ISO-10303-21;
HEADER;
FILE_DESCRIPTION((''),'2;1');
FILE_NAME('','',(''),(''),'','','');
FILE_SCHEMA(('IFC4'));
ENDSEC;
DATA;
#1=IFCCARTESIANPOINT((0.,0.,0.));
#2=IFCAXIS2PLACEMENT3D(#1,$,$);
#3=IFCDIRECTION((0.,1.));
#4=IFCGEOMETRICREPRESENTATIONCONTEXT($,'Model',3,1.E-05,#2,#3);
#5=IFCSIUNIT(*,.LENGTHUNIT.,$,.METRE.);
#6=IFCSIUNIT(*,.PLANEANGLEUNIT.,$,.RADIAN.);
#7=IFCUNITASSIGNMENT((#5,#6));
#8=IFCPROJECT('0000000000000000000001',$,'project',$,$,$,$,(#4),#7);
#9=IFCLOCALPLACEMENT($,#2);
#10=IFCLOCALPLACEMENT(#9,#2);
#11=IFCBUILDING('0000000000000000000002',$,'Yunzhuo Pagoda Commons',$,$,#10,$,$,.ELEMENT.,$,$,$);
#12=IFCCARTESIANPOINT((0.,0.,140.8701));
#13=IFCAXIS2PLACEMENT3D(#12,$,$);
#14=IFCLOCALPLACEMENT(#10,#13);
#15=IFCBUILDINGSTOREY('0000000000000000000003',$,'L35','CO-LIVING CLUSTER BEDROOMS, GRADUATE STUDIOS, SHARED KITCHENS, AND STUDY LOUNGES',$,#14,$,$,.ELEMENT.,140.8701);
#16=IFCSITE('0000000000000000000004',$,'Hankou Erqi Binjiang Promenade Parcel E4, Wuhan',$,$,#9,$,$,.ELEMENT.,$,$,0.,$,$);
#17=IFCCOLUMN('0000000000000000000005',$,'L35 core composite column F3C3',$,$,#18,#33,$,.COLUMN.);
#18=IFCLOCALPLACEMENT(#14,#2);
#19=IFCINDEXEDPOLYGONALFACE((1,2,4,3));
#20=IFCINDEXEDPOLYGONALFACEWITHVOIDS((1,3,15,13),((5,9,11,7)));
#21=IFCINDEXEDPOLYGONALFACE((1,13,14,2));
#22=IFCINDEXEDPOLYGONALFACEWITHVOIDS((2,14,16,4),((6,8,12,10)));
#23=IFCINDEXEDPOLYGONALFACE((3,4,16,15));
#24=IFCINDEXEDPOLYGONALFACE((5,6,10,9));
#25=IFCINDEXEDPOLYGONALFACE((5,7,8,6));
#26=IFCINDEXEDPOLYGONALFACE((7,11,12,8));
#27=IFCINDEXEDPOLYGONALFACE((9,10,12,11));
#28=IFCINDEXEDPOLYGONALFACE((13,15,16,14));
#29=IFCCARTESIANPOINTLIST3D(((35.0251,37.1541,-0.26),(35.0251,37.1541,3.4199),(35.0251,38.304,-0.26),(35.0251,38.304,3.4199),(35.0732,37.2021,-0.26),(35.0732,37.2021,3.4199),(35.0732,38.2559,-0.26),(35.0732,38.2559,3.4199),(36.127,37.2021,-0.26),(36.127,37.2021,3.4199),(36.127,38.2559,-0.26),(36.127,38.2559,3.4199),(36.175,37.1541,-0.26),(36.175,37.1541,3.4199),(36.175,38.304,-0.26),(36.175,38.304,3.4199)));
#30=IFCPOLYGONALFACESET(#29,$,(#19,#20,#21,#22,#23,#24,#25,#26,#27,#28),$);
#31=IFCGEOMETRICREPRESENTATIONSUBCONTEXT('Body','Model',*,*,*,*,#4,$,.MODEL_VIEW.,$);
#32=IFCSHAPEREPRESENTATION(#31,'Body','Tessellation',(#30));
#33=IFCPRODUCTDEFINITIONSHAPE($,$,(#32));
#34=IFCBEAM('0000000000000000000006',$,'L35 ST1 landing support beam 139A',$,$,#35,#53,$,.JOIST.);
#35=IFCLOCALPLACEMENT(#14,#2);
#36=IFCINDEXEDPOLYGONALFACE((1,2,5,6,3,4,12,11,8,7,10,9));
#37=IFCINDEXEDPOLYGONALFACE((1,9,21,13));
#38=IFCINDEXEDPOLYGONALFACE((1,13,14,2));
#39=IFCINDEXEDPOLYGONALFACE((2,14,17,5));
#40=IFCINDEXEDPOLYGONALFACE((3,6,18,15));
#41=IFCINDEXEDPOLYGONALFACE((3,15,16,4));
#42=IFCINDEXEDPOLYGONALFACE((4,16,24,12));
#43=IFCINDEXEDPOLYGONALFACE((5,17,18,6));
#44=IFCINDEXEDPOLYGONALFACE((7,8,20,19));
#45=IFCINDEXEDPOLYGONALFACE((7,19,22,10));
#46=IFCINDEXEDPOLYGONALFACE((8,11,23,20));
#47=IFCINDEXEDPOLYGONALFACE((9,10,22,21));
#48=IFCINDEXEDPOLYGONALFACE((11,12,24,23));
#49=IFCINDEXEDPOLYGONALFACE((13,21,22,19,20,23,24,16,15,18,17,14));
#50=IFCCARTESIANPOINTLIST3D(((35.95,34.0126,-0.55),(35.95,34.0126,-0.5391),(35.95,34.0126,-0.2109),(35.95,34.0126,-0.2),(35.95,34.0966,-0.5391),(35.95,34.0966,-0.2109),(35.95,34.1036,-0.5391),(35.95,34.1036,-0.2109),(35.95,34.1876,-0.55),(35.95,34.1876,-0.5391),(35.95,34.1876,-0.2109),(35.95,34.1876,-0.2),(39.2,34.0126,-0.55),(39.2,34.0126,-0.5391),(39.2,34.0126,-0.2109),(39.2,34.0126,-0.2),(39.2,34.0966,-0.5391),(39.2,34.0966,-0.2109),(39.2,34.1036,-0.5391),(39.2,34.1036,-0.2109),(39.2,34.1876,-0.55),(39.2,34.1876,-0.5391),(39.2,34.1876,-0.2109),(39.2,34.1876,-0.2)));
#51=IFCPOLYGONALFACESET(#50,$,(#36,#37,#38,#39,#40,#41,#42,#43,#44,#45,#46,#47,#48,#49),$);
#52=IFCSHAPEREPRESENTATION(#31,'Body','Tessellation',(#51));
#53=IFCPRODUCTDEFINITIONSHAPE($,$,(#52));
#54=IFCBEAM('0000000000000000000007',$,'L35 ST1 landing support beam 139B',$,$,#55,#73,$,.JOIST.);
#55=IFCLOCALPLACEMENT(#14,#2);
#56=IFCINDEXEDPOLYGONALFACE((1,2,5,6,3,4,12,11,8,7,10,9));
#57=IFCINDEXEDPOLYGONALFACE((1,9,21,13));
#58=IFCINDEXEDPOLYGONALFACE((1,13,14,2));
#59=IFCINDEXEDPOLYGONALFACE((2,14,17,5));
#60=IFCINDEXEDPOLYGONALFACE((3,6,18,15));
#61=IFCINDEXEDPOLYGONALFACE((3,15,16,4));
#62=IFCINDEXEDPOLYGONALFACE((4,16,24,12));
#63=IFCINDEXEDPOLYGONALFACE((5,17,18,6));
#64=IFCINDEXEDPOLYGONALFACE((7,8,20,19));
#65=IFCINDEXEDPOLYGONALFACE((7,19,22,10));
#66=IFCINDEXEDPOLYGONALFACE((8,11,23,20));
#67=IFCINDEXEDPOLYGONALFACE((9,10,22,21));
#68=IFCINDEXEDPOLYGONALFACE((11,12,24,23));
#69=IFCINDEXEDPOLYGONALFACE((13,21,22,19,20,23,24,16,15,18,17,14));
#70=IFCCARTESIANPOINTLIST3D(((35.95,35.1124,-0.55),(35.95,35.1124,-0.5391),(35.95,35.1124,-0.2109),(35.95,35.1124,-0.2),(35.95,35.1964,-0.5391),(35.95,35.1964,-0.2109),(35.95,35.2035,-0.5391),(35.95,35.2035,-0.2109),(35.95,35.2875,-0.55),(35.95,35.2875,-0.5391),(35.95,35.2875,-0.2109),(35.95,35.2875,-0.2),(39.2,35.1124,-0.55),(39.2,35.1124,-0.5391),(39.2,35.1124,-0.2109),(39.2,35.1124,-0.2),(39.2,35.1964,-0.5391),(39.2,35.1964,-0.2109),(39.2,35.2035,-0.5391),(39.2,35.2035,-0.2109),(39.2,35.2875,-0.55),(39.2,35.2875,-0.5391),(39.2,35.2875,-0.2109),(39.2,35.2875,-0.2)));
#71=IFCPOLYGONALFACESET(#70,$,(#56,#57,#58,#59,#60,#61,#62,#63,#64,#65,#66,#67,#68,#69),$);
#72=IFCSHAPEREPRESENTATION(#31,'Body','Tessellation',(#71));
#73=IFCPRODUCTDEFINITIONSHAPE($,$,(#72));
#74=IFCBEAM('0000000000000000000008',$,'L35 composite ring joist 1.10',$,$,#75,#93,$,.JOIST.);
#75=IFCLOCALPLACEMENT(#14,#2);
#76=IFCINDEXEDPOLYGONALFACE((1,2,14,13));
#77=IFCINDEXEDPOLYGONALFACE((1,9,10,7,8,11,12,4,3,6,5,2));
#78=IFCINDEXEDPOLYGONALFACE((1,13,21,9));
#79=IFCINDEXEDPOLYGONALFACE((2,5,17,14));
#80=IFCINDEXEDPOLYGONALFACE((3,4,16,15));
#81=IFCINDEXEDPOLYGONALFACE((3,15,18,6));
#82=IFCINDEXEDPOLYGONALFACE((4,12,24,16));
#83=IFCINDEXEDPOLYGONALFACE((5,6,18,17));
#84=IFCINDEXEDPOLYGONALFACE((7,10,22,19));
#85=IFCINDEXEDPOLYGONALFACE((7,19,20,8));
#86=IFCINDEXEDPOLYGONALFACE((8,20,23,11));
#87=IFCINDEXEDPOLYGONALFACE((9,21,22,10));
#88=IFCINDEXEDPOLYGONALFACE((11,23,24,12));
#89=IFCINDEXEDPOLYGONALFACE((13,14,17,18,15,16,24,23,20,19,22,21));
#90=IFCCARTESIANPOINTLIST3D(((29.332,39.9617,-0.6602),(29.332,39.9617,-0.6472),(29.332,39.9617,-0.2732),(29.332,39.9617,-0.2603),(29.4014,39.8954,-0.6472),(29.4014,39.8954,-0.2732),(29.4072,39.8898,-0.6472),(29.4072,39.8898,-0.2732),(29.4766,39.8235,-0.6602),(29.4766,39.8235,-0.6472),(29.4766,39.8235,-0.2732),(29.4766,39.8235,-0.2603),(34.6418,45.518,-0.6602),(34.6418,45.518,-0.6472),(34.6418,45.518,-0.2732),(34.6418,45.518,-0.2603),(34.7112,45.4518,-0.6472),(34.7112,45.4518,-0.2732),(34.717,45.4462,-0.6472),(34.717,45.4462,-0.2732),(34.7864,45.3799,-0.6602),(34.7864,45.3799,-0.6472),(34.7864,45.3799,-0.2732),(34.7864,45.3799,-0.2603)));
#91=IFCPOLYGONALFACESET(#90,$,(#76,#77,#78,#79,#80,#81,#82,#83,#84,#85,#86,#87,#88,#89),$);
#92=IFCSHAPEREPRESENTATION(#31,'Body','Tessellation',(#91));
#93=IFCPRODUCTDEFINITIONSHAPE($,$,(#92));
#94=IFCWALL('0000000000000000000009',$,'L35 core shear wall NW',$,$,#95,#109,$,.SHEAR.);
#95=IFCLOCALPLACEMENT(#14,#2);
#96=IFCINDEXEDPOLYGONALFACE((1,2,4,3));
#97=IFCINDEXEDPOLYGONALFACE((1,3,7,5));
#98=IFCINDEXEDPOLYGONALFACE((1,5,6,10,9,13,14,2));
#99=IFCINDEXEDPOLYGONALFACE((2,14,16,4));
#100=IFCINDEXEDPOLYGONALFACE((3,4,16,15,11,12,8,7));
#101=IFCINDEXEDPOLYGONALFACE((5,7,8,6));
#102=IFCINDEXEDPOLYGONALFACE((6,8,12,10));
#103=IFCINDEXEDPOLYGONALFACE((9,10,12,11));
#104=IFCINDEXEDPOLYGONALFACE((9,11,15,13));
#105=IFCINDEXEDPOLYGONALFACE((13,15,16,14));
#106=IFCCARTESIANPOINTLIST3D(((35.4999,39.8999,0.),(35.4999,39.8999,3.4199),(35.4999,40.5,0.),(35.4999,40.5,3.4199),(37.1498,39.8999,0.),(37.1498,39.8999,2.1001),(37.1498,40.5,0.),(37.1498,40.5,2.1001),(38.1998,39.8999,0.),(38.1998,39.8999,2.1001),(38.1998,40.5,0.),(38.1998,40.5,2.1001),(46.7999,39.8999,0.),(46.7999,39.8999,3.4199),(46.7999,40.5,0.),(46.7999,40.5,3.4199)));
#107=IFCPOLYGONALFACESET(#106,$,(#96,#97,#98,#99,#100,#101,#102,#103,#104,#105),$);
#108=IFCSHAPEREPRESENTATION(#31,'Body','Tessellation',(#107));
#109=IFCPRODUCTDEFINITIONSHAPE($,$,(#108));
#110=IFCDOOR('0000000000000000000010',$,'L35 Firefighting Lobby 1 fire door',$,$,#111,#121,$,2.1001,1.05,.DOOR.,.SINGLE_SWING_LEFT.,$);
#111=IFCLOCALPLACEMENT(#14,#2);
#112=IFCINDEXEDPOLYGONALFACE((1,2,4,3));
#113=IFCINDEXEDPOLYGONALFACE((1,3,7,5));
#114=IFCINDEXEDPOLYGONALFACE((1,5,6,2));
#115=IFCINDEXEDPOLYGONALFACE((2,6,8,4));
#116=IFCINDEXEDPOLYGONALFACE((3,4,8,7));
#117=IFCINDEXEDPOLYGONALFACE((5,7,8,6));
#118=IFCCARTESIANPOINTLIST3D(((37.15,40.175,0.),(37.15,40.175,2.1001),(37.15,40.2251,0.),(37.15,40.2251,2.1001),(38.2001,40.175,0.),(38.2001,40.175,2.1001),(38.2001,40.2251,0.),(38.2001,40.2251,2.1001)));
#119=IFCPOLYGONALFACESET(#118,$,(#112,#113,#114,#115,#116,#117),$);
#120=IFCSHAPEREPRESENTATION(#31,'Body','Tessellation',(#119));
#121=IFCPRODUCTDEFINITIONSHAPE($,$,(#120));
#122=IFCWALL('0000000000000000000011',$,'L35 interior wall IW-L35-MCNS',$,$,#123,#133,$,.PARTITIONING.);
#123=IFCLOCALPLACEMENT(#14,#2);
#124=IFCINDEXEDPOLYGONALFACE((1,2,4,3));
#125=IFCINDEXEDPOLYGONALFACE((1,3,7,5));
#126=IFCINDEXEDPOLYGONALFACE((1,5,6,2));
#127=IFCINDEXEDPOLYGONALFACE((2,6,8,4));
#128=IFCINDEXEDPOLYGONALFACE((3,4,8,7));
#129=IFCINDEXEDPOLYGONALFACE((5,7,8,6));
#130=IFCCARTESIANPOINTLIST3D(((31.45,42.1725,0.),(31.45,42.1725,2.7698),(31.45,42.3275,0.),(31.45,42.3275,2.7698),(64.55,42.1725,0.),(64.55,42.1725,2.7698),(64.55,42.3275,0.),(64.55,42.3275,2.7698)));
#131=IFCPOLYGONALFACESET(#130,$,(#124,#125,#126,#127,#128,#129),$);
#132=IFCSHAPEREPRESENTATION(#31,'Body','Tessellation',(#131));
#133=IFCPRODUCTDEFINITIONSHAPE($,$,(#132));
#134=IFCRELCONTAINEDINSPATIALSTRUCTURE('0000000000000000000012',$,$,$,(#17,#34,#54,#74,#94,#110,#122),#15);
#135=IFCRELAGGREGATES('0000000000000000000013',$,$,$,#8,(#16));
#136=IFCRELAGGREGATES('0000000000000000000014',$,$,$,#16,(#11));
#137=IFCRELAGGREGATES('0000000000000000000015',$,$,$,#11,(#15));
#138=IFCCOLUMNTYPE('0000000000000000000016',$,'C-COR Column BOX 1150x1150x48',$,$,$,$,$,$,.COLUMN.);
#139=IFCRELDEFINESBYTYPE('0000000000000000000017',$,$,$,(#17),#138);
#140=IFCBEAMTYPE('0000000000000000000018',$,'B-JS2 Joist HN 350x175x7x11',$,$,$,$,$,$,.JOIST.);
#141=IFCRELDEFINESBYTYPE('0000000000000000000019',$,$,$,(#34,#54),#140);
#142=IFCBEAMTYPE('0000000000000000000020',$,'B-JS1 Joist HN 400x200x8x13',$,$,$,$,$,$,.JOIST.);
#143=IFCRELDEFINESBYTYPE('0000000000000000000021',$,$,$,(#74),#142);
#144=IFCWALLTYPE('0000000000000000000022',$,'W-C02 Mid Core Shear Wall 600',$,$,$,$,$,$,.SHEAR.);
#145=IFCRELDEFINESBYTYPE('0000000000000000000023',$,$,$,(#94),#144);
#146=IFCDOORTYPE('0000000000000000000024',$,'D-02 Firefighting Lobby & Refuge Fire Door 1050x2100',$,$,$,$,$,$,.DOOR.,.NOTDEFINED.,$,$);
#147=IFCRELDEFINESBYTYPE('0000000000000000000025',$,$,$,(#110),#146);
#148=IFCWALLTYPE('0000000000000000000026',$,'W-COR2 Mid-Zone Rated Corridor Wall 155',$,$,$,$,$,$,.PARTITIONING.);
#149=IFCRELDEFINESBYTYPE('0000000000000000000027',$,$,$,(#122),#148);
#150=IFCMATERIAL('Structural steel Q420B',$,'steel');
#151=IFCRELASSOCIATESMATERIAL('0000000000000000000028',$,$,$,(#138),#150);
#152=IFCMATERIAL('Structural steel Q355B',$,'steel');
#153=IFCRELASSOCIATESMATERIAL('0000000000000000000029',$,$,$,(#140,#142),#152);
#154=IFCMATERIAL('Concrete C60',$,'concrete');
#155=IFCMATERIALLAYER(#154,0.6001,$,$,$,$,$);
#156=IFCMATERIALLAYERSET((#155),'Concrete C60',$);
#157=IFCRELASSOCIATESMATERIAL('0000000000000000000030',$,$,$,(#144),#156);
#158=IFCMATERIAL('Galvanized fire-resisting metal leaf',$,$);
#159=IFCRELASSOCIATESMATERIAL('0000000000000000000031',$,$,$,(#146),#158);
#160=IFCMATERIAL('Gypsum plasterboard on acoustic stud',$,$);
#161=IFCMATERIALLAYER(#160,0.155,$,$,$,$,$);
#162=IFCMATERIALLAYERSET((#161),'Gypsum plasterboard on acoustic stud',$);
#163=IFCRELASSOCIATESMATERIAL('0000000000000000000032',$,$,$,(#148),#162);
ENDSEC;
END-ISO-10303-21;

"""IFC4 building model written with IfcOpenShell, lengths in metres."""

from ifc_helpers import new_model, si_unit, direction, frame, frame_2d, origin, origin_2d, place, context, subcontext, project, spatial, rectangle, hollow_rectangle, i_section, extrude, source, transform, mapped, material, layer, layer_set, material_profile, profile_set, type_object, element, fill, save


model = new_model("IFC4")

# Units and contexts
model_context = context("Model", 3, precision=1e-05, world=origin(), true_north=direction((0.0, 1.0)))
body_context = subcontext(model_context, "Body", "Model", "MODEL_VIEW")
ifc_project = project(units=[si_unit("LENGTHUNIT", "METRE"), si_unit("PLANEANGLEUNIT", "RADIAN")], contexts=[model_context])

# Site, building, storey
site_placement = place(None, origin())
site = spatial("IfcSite", under=ifc_project, at=site_placement, Name="Hankou Erqi Binjiang Promenade Parcel E4, Wuhan", CompositionType="ELEMENT", RefElevation=0.0)
building_placement = place(site_placement, origin())
building = spatial("IfcBuilding", under=site, at=building_placement, Name="Yunzhuo Pagoda Commons", CompositionType="ELEMENT")
storey_placement = place(building_placement, frame((0.0, 0.0, 140.8701)))
storey = spatial("IfcBuildingStorey", under=building, at=storey_placement, Name="L35", Description="CO-LIVING CLUSTER BEDROOMS, GRADUATE STUDIOS, SHARED KITCHENS, AND STUDY LOUNGES", CompositionType="ELEMENT", Elevation=140.8701)

# Column
ifc_material_1 = material(Name="Structural steel Q420B", Category="steel")
ifc_material_profile_1 = material_profile(ifc_material_1, hollow_rectangle(XDim=1.1499, YDim=1.1499, WallThickness=0.0481, at=origin_2d()), Name="Structural steel Q420B")
ifc_profile_set_1 = profile_set([ifc_material_profile_1], Name="Structural steel Q420B")
column_type = type_object("IfcColumnType", Name="C-COR Column BOX 1150x1150x48", PredefinedType="COLUMN", material=ifc_profile_set_1)
shared_shape_1 = source(origin(), body_context, "Body", "SweptSolid", [
    extrude(hollow_rectangle(XDim=1.1499, YDim=1.1499, WallThickness=0.0481, at=origin_2d()), origin(), (0.0, 0.0, 1.0), 3.6799),
])
column_placement = place(storey_placement, frame((35.6001, 37.729, -0.26), z_axis=(0.0, 0.0, 1.0), x_axis=(1.0, 0.0, 0.0)))
element("IfcColumn", 1, at=column_placement, inside=storey, type_object=column_type, Name="L35 core composite column F3C3", PredefinedType="COLUMN", context=body_context, shape_type="MappedRepresentation", body=[
    mapped(shared_shape_1, transform((0.0, 0.0, 0.0), scale=1.0)),
])

# Beams
ifc_material_2 = material(Name="Structural steel Q355B", Category="steel")
ifc_material_profile_2 = material_profile(ifc_material_2, i_section(OverallWidth=0.175, OverallDepth=0.3501, WebThickness=0.0071, FlangeThickness=0.011, at=origin_2d()), Name="Structural steel Q355B")
ifc_profile_set_2 = profile_set([ifc_material_profile_2], Name="Structural steel Q355B")
beam_type_1 = type_object("IfcBeamType", Name="B-JS2 Joist HN 350x175x7x11", PredefinedType="JOIST", material=ifc_profile_set_2)
shared_shape_2 = source(origin(), body_context, "Body", "SweptSolid", [
    extrude(i_section(OverallWidth=0.175, OverallDepth=0.3501, WebThickness=0.0071, FlangeThickness=0.011, at=origin_2d()), origin(), (0.0, 0.0, 1.0), 3.25),
])
for number, where, z_axis, x_axis, name in (
    (2, (35.95, 34.1001, -0.375), (1.0, 0.0, 0.0), (0.0, 1.0, 0.0), "L35 ST1 landing support beam 139A"),
    (3, (35.95, 35.2, -0.375), (1.0, 0.0, 0.0), (0.0, 1.0, 0.0), "L35 ST1 landing support beam 139B"),
):
    element("IfcBeam", number, at=place(storey_placement, frame(where, z_axis=z_axis, x_axis=x_axis)), inside=storey, type_object=beam_type_1, Name=name, PredefinedType="JOIST", context=body_context, shape_type="MappedRepresentation", body=[
        mapped(shared_shape_2, transform((0.0, 0.0, 0.0), scale=1.0)),
    ])
ifc_material_profile_3 = material_profile(ifc_material_2, i_section(OverallWidth=0.2, OverallDepth=0.3999, WebThickness=0.0081, FlangeThickness=0.0129, at=origin_2d()), Name="Structural steel Q355B")
ifc_profile_set_3 = profile_set([ifc_material_profile_3], Name="Structural steel Q355B")
beam_type_2 = type_object("IfcBeamType", Name="B-JS1 Joist HN 400x200x8x13", PredefinedType="JOIST", material=ifc_profile_set_3)
shared_shape_3 = source(origin(), body_context, "Body", "SweptSolid", [
    extrude(i_section(OverallWidth=0.2, OverallDepth=0.3999, WebThickness=0.0081, FlangeThickness=0.0129, at=origin_2d()), origin(), (0.0, 0.0, 1.0), 7.6855),
])
beam_placement = place(storey_placement, frame((34.7141, 45.449, -0.4602), z_axis=(-0.690883, -0.722967, 0.0), x_axis=(0.722967, -0.690883, 0.0)))
element("IfcBeam", 4, at=beam_placement, inside=storey, type_object=beam_type_2, Name="L35 composite ring joist 1.10", PredefinedType="JOIST", context=body_context, shape_type="MappedRepresentation", body=[
    mapped(shared_shape_3, transform((0.0, 0.0, 0.0), scale=1.0)),
])

# Wall, opening, door
ifc_material_3 = material(Name="Concrete C60", Category="concrete")
ifc_layer_1 = layer(ifc_material_3, 0.6001)
ifc_layer_set_1 = layer_set([ifc_layer_1], Name="Concrete C60")
wall_type_1 = type_object("IfcWallType", Name="W-C02 Mid Core Shear Wall 600", PredefinedType="SHEAR", material=ifc_layer_set_1)
wall_1_placement = place(storey_placement, frame((35.5, 40.2, 0.0), z_axis=(0.0, 0.0, 1.0), x_axis=(1.0, 0.0, 0.0)))
wall_1 = element("IfcWall", 5, at=wall_1_placement, inside=storey, type_object=wall_type_1, Name="L35 core shear wall NW", PredefinedType="SHEAR", context=body_context, shape_type="SweptSolid", body=[
    extrude(rectangle(XDim=11.3, YDim=0.6001, at=frame_2d((5.6499, 0.0))), origin(), (0.0, 0.0, 1.0), 3.4199),
])
opening_1_placement = place(wall_1_placement, frame((1.6499, 0.0, 0.0)))
opening_1 = element("IfcOpeningElement", 6, at=opening_1_placement, cuts=wall_1, PredefinedType="OPENING", context=body_context, shape_type="SweptSolid", body=[
    extrude(rectangle(XDim=1.05, YDim=2.1001, at=frame_2d((0.5249, 1.05))), frame((0.0, 0.3101, 0.0), z_axis=(0.0, -1.0, 0.0), x_axis=(1.0, 0.0, 0.0)), (0.0, 0.0, 1.0), 0.6201),
])
ifc_material_4 = material(Name="Galvanized fire-resisting metal leaf")
door_type_1 = type_object("IfcDoorType", Name="D-02 Firefighting Lobby & Refuge Fire Door 1050x2100", OperationType="NOTDEFINED", PredefinedType="DOOR", material=ifc_material_4)
shared_shape_4 = source(origin(), body_context, "Body", "SweptSolid", [
    extrude(rectangle(XDim=1.05, YDim=2.1001, at=frame_2d((0.5249, 1.05))), frame((0.0, 0.0249, 0.0), z_axis=(0.0, -1.0, 0.0), x_axis=(1.0, 0.0, 0.0)), (0.0, 0.0, 1.0), 0.05),
])
door_1_placement = place(opening_1_placement, frame((1.05, 0.0, 0.0), z_axis=(0.0, 0.0, 1.0), x_axis=(-1.0, 0.0, 0.0)))
door_1 = element("IfcDoor", 7, at=door_1_placement, inside=storey, type_object=door_type_1, Name="L35 Firefighting Lobby 1 fire door", OperationType="SINGLE_SWING_LEFT", OverallHeight=2.1001, OverallWidth=1.05, PredefinedType="DOOR", context=body_context, shape_type="MappedRepresentation", body=[
    mapped(shared_shape_4, transform((0.0, 0.0, 0.0), scale=1.0)),
])
fill(opening_1, door_1)

# Wall
ifc_material_5 = material(Name="Gypsum plasterboard on acoustic stud")
ifc_layer_2 = layer(ifc_material_5, 0.155)
ifc_layer_set_2 = layer_set([ifc_layer_2], Name="Gypsum plasterboard on acoustic stud")
wall_type_2 = type_object("IfcWallType", Name="W-COR2 Mid-Zone Rated Corridor Wall 155", PredefinedType="PARTITIONING", material=ifc_layer_set_2)
wall_2_placement = place(storey_placement, frame((31.45, 42.25, 0.0), z_axis=(0.0, 0.0, 1.0), x_axis=(1.0, 0.0, 0.0)))
element("IfcWall", 8, at=wall_2_placement, inside=storey, type_object=wall_type_2, Name="L35 interior wall IW-L35-MCNS", PredefinedType="PARTITIONING", context=body_context, shape_type="SweptSolid", body=[
    extrude(rectangle(XDim=33.1001, YDim=0.155, at=frame_2d((16.55, 0.0))), origin(), (0.0, 0.0, 1.0), 2.7698),
])

save(model, "model.ifc")
